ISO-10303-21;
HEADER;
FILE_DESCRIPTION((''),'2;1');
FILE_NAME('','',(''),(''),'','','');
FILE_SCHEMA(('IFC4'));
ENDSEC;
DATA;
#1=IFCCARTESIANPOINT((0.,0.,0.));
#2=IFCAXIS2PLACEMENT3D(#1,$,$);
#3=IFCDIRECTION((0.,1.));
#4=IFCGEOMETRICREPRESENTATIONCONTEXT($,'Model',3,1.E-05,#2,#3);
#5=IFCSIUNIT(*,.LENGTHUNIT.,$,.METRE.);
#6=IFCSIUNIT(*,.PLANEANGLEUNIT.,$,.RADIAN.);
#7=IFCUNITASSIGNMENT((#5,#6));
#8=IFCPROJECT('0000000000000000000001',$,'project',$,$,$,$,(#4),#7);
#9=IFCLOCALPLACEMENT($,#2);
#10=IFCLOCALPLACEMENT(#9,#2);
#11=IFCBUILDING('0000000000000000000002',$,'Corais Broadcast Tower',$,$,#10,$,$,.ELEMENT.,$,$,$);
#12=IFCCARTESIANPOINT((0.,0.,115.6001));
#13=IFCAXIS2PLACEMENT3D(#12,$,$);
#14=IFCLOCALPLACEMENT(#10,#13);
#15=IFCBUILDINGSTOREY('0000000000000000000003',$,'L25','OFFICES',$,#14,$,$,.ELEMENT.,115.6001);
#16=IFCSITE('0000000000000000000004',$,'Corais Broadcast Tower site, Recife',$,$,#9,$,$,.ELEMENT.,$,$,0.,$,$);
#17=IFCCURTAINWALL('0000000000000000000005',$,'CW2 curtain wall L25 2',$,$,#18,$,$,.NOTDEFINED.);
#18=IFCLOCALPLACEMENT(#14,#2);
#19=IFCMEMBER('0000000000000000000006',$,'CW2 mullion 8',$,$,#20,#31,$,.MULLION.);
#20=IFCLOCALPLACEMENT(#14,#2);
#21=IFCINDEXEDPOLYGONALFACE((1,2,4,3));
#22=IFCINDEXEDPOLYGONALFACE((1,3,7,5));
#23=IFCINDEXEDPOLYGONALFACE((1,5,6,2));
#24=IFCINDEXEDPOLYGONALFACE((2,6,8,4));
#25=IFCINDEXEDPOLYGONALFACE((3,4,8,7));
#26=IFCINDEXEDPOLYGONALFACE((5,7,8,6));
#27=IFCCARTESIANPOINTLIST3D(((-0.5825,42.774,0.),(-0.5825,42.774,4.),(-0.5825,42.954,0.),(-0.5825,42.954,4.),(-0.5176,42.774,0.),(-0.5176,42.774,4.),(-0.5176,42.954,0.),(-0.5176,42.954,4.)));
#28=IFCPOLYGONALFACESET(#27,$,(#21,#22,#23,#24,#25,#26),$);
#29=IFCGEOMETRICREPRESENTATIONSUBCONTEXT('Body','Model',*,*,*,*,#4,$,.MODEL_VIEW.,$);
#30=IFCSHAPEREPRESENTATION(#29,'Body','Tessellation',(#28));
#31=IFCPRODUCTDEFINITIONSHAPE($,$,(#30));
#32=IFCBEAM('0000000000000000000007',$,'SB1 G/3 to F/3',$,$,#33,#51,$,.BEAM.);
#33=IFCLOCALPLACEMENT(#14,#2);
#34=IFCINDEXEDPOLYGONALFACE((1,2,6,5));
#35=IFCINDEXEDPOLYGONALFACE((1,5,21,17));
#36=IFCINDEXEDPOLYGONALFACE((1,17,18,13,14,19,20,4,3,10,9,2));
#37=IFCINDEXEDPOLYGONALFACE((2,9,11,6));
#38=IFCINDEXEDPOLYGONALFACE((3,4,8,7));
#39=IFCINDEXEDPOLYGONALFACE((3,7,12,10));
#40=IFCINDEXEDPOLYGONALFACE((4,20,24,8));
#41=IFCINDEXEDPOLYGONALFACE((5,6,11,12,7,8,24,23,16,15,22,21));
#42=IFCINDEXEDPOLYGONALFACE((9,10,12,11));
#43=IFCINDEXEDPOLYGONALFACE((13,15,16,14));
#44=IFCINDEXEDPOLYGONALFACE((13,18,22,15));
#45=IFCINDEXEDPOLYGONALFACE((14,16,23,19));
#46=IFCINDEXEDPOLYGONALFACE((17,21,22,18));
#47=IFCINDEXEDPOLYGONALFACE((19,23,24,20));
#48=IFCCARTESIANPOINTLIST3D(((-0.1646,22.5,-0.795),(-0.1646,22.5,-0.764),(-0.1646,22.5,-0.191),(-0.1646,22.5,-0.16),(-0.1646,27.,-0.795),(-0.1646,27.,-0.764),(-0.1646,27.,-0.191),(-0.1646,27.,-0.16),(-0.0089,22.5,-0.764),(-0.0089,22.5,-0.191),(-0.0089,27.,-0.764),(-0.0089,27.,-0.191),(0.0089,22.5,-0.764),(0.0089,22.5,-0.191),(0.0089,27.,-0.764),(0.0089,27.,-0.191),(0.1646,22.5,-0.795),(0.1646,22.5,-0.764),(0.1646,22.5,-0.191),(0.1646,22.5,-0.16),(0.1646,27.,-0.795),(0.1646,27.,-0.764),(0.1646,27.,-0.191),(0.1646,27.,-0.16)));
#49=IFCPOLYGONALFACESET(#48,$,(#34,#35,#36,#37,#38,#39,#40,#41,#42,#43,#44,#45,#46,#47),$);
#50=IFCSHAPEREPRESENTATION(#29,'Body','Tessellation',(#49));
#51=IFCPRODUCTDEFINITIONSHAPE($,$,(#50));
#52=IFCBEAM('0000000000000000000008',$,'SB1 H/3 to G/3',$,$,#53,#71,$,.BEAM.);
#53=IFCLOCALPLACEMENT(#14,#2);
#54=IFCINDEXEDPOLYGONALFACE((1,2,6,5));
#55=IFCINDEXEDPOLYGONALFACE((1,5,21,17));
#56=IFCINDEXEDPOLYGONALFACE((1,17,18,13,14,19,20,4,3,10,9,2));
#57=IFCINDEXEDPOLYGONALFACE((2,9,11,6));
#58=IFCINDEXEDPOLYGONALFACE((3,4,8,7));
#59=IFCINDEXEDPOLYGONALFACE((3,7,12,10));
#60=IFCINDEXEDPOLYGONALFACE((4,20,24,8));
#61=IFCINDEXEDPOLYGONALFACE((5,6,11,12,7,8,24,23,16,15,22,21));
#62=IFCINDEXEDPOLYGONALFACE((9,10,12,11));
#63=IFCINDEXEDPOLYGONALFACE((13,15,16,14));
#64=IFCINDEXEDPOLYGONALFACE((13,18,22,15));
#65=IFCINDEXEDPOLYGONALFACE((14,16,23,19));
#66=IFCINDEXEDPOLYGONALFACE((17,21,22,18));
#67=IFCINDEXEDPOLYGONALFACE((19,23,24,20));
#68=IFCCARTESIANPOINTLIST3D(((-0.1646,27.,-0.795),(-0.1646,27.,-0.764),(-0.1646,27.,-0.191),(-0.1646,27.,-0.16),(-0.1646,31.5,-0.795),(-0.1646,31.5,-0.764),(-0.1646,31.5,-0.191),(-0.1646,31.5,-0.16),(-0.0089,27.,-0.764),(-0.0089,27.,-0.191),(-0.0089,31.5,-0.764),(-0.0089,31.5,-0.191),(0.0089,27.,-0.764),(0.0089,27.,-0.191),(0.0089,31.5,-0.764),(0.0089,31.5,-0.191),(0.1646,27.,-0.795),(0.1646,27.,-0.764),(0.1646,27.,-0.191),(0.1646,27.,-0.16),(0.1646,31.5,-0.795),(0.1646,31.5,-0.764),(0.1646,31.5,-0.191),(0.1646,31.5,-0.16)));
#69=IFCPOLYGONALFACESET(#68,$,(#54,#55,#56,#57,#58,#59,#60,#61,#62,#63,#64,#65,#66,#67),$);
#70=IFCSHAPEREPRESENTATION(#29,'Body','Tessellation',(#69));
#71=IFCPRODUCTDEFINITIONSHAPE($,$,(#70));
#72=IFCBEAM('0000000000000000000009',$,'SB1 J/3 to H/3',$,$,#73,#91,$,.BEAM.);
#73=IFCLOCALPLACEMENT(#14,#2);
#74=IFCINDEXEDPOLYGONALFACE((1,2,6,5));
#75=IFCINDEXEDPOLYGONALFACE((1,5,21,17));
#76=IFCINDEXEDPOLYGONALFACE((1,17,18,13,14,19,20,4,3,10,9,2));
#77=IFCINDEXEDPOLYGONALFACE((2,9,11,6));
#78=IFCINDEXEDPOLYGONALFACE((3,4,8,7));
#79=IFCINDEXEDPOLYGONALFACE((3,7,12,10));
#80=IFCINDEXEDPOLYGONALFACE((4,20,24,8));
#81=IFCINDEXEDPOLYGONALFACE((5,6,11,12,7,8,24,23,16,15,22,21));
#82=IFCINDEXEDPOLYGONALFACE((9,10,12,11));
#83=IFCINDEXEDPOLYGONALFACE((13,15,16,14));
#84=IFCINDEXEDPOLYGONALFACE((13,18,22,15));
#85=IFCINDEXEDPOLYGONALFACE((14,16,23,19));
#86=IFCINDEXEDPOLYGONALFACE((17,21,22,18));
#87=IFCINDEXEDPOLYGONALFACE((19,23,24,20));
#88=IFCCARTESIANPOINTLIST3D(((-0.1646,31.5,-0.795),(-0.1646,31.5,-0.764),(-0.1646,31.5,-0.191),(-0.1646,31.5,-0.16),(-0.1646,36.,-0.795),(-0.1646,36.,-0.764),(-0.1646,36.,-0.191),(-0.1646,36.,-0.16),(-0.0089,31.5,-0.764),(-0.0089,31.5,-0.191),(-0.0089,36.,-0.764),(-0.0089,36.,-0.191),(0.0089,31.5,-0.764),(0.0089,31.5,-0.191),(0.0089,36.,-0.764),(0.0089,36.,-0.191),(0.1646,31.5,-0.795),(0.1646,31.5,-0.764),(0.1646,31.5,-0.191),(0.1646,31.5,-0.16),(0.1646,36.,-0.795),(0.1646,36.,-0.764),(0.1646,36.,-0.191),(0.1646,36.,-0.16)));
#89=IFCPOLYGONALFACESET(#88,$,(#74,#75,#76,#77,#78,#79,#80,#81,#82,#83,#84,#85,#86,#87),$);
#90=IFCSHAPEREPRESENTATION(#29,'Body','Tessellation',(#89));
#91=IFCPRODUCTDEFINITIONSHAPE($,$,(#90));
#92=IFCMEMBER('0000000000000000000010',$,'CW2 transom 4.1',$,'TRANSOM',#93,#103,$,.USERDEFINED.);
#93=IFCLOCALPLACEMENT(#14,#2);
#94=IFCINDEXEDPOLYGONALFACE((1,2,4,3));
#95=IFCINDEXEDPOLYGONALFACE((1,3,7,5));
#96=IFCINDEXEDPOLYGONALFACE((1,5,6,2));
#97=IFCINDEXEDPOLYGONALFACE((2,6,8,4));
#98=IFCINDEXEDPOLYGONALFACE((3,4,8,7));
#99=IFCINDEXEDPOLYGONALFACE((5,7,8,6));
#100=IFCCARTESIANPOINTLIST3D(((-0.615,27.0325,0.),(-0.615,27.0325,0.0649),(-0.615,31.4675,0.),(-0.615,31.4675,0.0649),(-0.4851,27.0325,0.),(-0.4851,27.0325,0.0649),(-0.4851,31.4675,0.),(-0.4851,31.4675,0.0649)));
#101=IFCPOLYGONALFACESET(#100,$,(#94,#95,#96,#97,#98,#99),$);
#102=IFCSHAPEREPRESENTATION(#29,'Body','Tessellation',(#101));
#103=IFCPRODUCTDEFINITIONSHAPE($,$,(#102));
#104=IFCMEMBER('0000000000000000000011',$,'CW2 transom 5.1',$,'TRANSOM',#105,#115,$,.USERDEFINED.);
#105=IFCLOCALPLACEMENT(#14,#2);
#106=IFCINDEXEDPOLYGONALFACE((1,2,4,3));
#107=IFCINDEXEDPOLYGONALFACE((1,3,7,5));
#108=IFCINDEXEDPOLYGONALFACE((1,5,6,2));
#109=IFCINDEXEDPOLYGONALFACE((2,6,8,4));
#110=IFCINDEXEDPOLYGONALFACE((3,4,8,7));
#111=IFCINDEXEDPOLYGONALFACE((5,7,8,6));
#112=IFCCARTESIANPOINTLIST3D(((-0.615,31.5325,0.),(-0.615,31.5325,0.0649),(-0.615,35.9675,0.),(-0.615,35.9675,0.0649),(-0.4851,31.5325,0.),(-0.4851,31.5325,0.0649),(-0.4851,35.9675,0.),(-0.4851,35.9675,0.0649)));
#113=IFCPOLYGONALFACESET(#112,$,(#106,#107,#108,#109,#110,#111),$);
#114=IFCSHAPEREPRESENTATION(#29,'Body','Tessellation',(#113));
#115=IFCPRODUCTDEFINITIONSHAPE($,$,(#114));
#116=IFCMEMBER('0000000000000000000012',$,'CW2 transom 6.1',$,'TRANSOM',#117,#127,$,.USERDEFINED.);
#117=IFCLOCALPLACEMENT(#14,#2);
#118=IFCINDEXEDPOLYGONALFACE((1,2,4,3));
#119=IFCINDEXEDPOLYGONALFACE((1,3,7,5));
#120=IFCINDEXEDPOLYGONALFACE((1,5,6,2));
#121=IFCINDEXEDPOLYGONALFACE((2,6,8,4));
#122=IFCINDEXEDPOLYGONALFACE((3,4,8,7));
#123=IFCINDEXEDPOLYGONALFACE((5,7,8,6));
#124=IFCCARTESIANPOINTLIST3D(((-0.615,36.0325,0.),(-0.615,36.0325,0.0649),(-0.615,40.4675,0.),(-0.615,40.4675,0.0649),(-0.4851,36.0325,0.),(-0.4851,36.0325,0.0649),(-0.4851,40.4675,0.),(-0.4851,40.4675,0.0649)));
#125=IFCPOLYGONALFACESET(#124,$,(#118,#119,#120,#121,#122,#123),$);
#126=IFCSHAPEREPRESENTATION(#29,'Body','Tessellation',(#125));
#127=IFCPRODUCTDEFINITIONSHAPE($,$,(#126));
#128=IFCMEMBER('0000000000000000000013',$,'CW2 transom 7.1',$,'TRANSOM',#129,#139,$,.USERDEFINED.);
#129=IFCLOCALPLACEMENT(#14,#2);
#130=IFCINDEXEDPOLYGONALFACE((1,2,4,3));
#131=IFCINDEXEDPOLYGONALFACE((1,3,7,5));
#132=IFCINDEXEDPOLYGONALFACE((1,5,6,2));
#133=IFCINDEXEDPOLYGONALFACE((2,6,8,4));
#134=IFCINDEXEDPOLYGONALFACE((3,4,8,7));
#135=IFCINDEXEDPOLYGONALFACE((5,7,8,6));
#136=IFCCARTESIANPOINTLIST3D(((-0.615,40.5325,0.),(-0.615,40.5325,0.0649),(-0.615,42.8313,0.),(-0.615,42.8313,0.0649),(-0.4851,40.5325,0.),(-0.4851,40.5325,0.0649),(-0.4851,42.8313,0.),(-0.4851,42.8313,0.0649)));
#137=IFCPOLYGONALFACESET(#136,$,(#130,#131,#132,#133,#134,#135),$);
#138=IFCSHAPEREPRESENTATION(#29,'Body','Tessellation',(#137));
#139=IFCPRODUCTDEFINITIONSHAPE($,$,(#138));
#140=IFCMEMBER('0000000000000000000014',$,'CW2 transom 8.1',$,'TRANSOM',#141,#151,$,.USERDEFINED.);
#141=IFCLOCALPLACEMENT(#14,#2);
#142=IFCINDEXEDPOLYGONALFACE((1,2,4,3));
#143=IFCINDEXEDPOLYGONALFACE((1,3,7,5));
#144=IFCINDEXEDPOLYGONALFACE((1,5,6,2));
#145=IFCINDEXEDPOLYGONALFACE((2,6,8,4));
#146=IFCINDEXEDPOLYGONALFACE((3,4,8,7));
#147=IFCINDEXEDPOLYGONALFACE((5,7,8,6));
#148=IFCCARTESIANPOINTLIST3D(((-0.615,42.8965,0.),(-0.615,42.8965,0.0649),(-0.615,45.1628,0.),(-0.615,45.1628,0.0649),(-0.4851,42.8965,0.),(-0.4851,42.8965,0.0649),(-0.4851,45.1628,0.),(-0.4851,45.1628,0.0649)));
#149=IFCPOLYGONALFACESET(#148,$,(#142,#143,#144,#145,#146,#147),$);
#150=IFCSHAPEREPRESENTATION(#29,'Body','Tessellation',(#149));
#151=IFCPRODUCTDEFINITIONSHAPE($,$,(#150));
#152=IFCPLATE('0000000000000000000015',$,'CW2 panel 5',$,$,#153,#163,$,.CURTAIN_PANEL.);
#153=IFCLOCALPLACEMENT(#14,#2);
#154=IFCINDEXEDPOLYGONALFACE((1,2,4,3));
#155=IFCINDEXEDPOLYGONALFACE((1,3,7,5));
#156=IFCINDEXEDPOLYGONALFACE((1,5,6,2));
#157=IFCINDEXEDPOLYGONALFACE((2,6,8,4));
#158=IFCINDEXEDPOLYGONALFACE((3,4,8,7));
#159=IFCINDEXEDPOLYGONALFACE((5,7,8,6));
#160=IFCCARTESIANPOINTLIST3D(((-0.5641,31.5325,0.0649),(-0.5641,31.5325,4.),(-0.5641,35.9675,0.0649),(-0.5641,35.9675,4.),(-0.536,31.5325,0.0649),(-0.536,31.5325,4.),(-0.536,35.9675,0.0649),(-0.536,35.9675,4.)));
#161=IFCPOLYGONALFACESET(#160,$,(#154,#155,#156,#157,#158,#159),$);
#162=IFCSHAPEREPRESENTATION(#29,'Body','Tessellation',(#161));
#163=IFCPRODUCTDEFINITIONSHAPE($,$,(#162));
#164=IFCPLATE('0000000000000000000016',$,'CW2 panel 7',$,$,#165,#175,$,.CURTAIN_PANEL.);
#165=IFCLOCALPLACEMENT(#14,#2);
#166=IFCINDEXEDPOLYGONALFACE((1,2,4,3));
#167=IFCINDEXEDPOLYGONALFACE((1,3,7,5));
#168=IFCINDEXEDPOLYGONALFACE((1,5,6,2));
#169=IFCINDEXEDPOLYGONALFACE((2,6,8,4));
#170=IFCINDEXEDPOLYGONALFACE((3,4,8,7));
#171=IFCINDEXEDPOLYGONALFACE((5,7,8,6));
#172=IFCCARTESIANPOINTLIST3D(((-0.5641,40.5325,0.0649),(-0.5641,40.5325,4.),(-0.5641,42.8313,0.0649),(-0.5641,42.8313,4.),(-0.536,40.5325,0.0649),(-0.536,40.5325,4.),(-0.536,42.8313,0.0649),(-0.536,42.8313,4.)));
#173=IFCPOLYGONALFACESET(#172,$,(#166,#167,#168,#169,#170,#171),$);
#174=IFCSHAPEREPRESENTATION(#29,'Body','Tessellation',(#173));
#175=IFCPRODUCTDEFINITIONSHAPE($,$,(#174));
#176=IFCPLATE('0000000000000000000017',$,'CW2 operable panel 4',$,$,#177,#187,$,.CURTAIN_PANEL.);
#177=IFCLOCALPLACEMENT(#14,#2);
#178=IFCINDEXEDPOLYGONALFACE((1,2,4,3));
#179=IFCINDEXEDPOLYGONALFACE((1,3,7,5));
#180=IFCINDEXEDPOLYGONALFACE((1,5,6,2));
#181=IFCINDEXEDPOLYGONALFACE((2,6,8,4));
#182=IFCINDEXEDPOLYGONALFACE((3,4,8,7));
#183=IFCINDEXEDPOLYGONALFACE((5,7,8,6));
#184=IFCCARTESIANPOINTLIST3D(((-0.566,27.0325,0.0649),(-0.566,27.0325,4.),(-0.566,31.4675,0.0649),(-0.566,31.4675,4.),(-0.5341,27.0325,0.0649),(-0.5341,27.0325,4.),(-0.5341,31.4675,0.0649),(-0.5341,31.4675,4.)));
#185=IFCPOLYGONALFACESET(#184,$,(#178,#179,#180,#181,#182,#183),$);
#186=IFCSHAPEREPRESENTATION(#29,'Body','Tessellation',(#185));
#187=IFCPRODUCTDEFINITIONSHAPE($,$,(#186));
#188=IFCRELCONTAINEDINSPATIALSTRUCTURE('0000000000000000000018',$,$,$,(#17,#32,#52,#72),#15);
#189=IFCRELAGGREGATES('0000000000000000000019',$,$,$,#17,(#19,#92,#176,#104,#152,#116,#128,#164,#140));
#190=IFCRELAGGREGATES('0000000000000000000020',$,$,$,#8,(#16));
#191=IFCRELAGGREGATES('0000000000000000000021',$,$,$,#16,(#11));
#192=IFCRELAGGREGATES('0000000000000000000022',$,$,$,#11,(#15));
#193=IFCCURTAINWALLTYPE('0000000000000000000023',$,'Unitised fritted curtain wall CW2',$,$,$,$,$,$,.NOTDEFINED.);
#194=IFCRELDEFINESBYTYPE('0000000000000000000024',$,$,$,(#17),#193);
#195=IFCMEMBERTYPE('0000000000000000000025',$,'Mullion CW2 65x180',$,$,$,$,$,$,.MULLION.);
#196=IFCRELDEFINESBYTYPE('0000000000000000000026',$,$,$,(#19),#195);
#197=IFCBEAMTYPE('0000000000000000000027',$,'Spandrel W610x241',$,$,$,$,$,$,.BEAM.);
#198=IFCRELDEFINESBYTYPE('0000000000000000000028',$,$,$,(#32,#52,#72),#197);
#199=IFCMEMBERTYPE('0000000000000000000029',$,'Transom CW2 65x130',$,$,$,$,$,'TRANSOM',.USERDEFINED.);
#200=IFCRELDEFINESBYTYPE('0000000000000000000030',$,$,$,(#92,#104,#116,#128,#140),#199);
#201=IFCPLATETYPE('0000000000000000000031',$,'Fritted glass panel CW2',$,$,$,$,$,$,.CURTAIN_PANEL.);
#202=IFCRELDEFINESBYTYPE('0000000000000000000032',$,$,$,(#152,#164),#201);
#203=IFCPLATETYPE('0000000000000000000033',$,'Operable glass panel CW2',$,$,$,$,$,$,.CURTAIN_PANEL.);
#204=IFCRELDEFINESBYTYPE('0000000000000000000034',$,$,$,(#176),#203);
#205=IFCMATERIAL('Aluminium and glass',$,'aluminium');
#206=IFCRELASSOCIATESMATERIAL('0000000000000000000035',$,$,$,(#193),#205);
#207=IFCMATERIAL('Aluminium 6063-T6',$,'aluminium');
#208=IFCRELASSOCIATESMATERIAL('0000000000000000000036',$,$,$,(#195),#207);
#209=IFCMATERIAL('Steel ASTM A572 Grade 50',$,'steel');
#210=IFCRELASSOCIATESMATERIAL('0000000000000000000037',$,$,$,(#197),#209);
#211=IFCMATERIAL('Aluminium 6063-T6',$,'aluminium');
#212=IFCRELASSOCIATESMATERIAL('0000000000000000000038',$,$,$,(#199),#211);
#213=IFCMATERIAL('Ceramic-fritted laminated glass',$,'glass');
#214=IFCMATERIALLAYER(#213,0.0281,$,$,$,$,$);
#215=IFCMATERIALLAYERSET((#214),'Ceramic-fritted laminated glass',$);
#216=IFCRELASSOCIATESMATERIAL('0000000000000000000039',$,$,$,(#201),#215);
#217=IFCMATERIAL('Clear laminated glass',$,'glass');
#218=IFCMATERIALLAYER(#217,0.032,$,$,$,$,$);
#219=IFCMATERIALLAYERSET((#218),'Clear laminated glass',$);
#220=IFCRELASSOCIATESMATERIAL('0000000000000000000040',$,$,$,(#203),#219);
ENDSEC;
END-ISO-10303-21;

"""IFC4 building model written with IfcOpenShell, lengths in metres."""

from ifc_helpers import new_model, si_unit, direction, frame, origin, origin_2d, place, context, subcontext, project, spatial, rectangle, i_section, extrude, material, layer, layer_set, material_profile, profile_set, type_object, element, aggregate, save


model = new_model("IFC4")

# Units and contexts
model_context = context("Model", 3, precision=1e-05, world=origin(), true_north=direction((0.0, 1.0)))
body_context = subcontext(model_context, "Body", "Model", "MODEL_VIEW")
ifc_project = project(units=[si_unit("LENGTHUNIT", "METRE"), si_unit("PLANEANGLEUNIT", "RADIAN")], contexts=[model_context])

# Site, building, storey
site_placement = place(None, origin())
site = spatial("IfcSite", under=ifc_project, at=site_placement, Name="Corais Broadcast Tower site, Recife", CompositionType="ELEMENT", RefElevation=0.0)
building_placement = place(site_placement, origin())
building = spatial("IfcBuilding", under=site, at=building_placement, Name="Corais Broadcast Tower", CompositionType="ELEMENT")
storey_placement = place(building_placement, frame((0.0, 0.0, 115.6001)))
storey = spatial("IfcBuildingStorey", under=building, at=storey_placement, Name="L25", Description="OFFICES", CompositionType="ELEMENT", Elevation=115.6001)

# Curtain wall, member
ifc_material_1 = material(Name="Aluminium and glass", Category="aluminium")
curtain_wall_type = type_object("IfcCurtainWallType", Name="Unitised fritted curtain wall CW2", PredefinedType="NOTDEFINED", material=ifc_material_1)
curtain_wall_placement = place(storey_placement, origin())
curtain_wall = element("IfcCurtainWall", 1, at=curtain_wall_placement, inside=storey, type_object=curtain_wall_type, Name="CW2 curtain wall L25 2", PredefinedType="NOTDEFINED")
ifc_material_2 = material(Name="Aluminium 6063-T6", Category="aluminium")
ifc_material_profile_1 = material_profile(ifc_material_2, rectangle(XDim=0.0649, YDim=0.1799, at=origin_2d()), Name="Mullion CW2 65x180")
ifc_profile_set_1 = profile_set([ifc_material_profile_1], Name="Aluminium 6063-T6")
member_type_1 = type_object("IfcMemberType", Name="Mullion CW2 65x180", PredefinedType="MULLION", material=ifc_profile_set_1)
member_1_placement = place(storey_placement, frame((-0.55, 42.864, 0.0), z_axis=(0.0, 0.0, 1.0), x_axis=(-1.0, 0.0, 0.0)))
member_1 = element("IfcMember", 2, at=member_1_placement, type_object=member_type_1, Name="CW2 mullion 8", PredefinedType="MULLION", context=body_context, shape_type="SweptSolid", body=[
    extrude(rectangle(XDim=0.0649, YDim=0.1799, at=origin_2d()), origin(), (0.0, 0.0, 1.0), 4.0),
])

# Beams
ifc_material_3 = material(Name="Steel ASTM A572 Grade 50", Category="steel")
ifc_material_profile_2 = material_profile(ifc_material_3, i_section(OverallWidth=0.3291, OverallDepth=0.635, WebThickness=0.0178, FlangeThickness=0.031, at=origin_2d()), Name="W610x241")
ifc_profile_set_2 = profile_set([ifc_material_profile_2], Name="Steel ASTM A572 Grade 50")
beam_type_1 = type_object("IfcBeamType", Name="Spandrel W610x241", PredefinedType="BEAM", material=ifc_profile_set_2)
for number, where, z_axis, x_axis, name in (
    (3, (0.0, 27.0, -0.4775), (0.0, -1.0, 0.0), (1.0, 0.0, 0.0), "SB1 G/3 to F/3"),
    (4, (0.0, 31.5, -0.4775), (0.0, -1.0, 0.0), (1.0, 0.0, 0.0), "SB1 H/3 to G/3"),
    (5, (0.0, 36.0, -0.4775), (0.0, -1.0, 0.0), (1.0, 0.0, 0.0), "SB1 J/3 to H/3"),
):
    element("IfcBeam", number, at=place(storey_placement, frame(where, z_axis=z_axis, x_axis=x_axis)), inside=storey, type_object=beam_type_1, Name=name, PredefinedType="BEAM", context=body_context, shape_type="SweptSolid", body=[
        extrude(i_section(OverallWidth=0.3291, OverallDepth=0.635, WebThickness=0.0178, FlangeThickness=0.031, at=origin_2d()), origin(), (0.0, 0.0, 1.0), 4.5),
    ])

# Members
ifc_material_4 = material(Name="Aluminium 6063-T6", Category="aluminium")
ifc_material_profile_3 = material_profile(ifc_material_4, rectangle(XDim=0.1299, YDim=0.0649, at=origin_2d()), Name="Transom CW2 65x130")
ifc_profile_set_3 = profile_set([ifc_material_profile_3], Name="Aluminium 6063-T6")
member_type_2 = type_object("IfcMemberType", Name="Transom CW2 65x130", ElementType="TRANSOM", PredefinedType="USERDEFINED", material=ifc_profile_set_3)
member_2_placement = place(storey_placement, frame((-0.55, 27.0325, 0.0325), z_axis=(0.0, 1.0, 0.0), x_axis=(-1.0, 0.0, 0.0)))
member_2 = element("IfcMember", 6, at=member_2_placement, type_object=member_type_2, Name="CW2 transom 4.1", ObjectType="TRANSOM", PredefinedType="USERDEFINED", context=body_context, shape_type="SweptSolid", body=[
    extrude(rectangle(XDim=0.1299, YDim=0.0649, at=origin_2d()), origin(), (0.0, 0.0, 1.0), 4.4351),
])
member_3_placement = place(storey_placement, frame((-0.55, 31.5325, 0.0325), z_axis=(0.0, 1.0, 0.0), x_axis=(-1.0, 0.0, 0.0)))
member_3 = element("IfcMember", 7, at=member_3_placement, type_object=member_type_2, Name="CW2 transom 5.1", ObjectType="TRANSOM", PredefinedType="USERDEFINED", context=body_context, shape_type="SweptSolid", body=[
    extrude(rectangle(XDim=0.1299, YDim=0.0649, at=origin_2d()), origin(), (0.0, 0.0, 1.0), 4.4351),
])
member_4_placement = place(storey_placement, frame((-0.55, 36.0325, 0.0325), z_axis=(0.0, 1.0, 0.0), x_axis=(-1.0, 0.0, 0.0)))
member_4 = element("IfcMember", 8, at=member_4_placement, type_object=member_type_2, Name="CW2 transom 6.1", ObjectType="TRANSOM", PredefinedType="USERDEFINED", context=body_context, shape_type="SweptSolid", body=[
    extrude(rectangle(XDim=0.1299, YDim=0.0649, at=origin_2d()), origin(), (0.0, 0.0, 1.0), 4.4351),
])
member_5_placement = place(storey_placement, frame((-0.55, 40.5325, 0.0325), z_axis=(0.0, 1.0, 0.0), x_axis=(-1.0, 0.0, 0.0)))
member_5 = element("IfcMember", 9, at=member_5_placement, type_object=member_type_2, Name="CW2 transom 7.1", ObjectType="TRANSOM", PredefinedType="USERDEFINED", context=body_context, shape_type="SweptSolid", body=[
    extrude(rectangle(XDim=0.1299, YDim=0.0649, at=origin_2d()), origin(), (0.0, 0.0, 1.0), 2.2988),
])
member_6_placement = place(storey_placement, frame((-0.55, 42.8965, 0.0325), z_axis=(0.0, 1.0, 0.0), x_axis=(-1.0, 0.0, 0.0)))
member_6 = element("IfcMember", 10, at=member_6_placement, type_object=member_type_2, Name="CW2 transom 8.1", ObjectType="TRANSOM", PredefinedType="USERDEFINED", context=body_context, shape_type="SweptSolid", body=[
    extrude(rectangle(XDim=0.1299, YDim=0.0649, at=origin_2d()), origin(), (0.0, 0.0, 1.0), 2.2664),
])

# Plates
ifc_material_5 = material(Name="Ceramic-fritted laminated glass", Category="glass")
ifc_layer_1 = layer(ifc_material_5, 0.0281)
ifc_layer_set_1 = layer_set([ifc_layer_1], Name="Ceramic-fritted laminated glass")
plate_type_1 = type_object("IfcPlateType", Name="Fritted glass panel CW2", PredefinedType="CURTAIN_PANEL", material=ifc_layer_set_1)
plate_1_placement = place(storey_placement, frame((-0.55, 33.75, 0.0649), z_axis=(0.0, 0.0, 1.0), x_axis=(0.0, 1.0, 0.0)))
plate_1 = element("IfcPlate", 11, at=plate_1_placement, type_object=plate_type_1, Name="CW2 panel 5", PredefinedType="CURTAIN_PANEL", context=body_context, shape_type="SweptSolid", body=[
    extrude(rectangle(XDim=4.4351, YDim=0.0281, at=origin_2d()), origin(), (0.0, 0.0, 1.0), 3.9351),
])
plate_2_placement = place(storey_placement, frame((-0.55, 41.6819, 0.0649), z_axis=(0.0, 0.0, 1.0), x_axis=(0.0, 1.0, 0.0)))
plate_2 = element("IfcPlate", 12, at=plate_2_placement, type_object=plate_type_1, Name="CW2 panel 7", PredefinedType="CURTAIN_PANEL", context=body_context, shape_type="SweptSolid", body=[
    extrude(rectangle(XDim=2.2988, YDim=0.0281, at=origin_2d()), origin(), (0.0, 0.0, 1.0), 3.9351),
])
ifc_material_6 = material(Name="Clear laminated glass", Category="glass")
ifc_layer_2 = layer(ifc_material_6, 0.032)
ifc_layer_set_2 = layer_set([ifc_layer_2], Name="Clear laminated glass")
plate_type_2 = type_object("IfcPlateType", Name="Operable glass panel CW2", PredefinedType="CURTAIN_PANEL", material=ifc_layer_set_2)
plate_3_placement = place(storey_placement, frame((-0.55, 29.25, 0.0649), z_axis=(0.0, 0.0, 1.0), x_axis=(0.0, 1.0, 0.0)))
plate_3 = element("IfcPlate", 13, at=plate_3_placement, type_object=plate_type_2, Name="CW2 operable panel 4", PredefinedType="CURTAIN_PANEL", context=body_context, shape_type="SweptSolid", body=[
    extrude(rectangle(XDim=4.4351, YDim=0.032, at=origin_2d()), origin(), (0.0, 0.0, 1.0), 3.9351),
])
aggregate(curtain_wall, [member_1, member_2, plate_3, member_3, plate_1, member_4, member_5, plate_2, member_6])

save(model, "model.ifc")
